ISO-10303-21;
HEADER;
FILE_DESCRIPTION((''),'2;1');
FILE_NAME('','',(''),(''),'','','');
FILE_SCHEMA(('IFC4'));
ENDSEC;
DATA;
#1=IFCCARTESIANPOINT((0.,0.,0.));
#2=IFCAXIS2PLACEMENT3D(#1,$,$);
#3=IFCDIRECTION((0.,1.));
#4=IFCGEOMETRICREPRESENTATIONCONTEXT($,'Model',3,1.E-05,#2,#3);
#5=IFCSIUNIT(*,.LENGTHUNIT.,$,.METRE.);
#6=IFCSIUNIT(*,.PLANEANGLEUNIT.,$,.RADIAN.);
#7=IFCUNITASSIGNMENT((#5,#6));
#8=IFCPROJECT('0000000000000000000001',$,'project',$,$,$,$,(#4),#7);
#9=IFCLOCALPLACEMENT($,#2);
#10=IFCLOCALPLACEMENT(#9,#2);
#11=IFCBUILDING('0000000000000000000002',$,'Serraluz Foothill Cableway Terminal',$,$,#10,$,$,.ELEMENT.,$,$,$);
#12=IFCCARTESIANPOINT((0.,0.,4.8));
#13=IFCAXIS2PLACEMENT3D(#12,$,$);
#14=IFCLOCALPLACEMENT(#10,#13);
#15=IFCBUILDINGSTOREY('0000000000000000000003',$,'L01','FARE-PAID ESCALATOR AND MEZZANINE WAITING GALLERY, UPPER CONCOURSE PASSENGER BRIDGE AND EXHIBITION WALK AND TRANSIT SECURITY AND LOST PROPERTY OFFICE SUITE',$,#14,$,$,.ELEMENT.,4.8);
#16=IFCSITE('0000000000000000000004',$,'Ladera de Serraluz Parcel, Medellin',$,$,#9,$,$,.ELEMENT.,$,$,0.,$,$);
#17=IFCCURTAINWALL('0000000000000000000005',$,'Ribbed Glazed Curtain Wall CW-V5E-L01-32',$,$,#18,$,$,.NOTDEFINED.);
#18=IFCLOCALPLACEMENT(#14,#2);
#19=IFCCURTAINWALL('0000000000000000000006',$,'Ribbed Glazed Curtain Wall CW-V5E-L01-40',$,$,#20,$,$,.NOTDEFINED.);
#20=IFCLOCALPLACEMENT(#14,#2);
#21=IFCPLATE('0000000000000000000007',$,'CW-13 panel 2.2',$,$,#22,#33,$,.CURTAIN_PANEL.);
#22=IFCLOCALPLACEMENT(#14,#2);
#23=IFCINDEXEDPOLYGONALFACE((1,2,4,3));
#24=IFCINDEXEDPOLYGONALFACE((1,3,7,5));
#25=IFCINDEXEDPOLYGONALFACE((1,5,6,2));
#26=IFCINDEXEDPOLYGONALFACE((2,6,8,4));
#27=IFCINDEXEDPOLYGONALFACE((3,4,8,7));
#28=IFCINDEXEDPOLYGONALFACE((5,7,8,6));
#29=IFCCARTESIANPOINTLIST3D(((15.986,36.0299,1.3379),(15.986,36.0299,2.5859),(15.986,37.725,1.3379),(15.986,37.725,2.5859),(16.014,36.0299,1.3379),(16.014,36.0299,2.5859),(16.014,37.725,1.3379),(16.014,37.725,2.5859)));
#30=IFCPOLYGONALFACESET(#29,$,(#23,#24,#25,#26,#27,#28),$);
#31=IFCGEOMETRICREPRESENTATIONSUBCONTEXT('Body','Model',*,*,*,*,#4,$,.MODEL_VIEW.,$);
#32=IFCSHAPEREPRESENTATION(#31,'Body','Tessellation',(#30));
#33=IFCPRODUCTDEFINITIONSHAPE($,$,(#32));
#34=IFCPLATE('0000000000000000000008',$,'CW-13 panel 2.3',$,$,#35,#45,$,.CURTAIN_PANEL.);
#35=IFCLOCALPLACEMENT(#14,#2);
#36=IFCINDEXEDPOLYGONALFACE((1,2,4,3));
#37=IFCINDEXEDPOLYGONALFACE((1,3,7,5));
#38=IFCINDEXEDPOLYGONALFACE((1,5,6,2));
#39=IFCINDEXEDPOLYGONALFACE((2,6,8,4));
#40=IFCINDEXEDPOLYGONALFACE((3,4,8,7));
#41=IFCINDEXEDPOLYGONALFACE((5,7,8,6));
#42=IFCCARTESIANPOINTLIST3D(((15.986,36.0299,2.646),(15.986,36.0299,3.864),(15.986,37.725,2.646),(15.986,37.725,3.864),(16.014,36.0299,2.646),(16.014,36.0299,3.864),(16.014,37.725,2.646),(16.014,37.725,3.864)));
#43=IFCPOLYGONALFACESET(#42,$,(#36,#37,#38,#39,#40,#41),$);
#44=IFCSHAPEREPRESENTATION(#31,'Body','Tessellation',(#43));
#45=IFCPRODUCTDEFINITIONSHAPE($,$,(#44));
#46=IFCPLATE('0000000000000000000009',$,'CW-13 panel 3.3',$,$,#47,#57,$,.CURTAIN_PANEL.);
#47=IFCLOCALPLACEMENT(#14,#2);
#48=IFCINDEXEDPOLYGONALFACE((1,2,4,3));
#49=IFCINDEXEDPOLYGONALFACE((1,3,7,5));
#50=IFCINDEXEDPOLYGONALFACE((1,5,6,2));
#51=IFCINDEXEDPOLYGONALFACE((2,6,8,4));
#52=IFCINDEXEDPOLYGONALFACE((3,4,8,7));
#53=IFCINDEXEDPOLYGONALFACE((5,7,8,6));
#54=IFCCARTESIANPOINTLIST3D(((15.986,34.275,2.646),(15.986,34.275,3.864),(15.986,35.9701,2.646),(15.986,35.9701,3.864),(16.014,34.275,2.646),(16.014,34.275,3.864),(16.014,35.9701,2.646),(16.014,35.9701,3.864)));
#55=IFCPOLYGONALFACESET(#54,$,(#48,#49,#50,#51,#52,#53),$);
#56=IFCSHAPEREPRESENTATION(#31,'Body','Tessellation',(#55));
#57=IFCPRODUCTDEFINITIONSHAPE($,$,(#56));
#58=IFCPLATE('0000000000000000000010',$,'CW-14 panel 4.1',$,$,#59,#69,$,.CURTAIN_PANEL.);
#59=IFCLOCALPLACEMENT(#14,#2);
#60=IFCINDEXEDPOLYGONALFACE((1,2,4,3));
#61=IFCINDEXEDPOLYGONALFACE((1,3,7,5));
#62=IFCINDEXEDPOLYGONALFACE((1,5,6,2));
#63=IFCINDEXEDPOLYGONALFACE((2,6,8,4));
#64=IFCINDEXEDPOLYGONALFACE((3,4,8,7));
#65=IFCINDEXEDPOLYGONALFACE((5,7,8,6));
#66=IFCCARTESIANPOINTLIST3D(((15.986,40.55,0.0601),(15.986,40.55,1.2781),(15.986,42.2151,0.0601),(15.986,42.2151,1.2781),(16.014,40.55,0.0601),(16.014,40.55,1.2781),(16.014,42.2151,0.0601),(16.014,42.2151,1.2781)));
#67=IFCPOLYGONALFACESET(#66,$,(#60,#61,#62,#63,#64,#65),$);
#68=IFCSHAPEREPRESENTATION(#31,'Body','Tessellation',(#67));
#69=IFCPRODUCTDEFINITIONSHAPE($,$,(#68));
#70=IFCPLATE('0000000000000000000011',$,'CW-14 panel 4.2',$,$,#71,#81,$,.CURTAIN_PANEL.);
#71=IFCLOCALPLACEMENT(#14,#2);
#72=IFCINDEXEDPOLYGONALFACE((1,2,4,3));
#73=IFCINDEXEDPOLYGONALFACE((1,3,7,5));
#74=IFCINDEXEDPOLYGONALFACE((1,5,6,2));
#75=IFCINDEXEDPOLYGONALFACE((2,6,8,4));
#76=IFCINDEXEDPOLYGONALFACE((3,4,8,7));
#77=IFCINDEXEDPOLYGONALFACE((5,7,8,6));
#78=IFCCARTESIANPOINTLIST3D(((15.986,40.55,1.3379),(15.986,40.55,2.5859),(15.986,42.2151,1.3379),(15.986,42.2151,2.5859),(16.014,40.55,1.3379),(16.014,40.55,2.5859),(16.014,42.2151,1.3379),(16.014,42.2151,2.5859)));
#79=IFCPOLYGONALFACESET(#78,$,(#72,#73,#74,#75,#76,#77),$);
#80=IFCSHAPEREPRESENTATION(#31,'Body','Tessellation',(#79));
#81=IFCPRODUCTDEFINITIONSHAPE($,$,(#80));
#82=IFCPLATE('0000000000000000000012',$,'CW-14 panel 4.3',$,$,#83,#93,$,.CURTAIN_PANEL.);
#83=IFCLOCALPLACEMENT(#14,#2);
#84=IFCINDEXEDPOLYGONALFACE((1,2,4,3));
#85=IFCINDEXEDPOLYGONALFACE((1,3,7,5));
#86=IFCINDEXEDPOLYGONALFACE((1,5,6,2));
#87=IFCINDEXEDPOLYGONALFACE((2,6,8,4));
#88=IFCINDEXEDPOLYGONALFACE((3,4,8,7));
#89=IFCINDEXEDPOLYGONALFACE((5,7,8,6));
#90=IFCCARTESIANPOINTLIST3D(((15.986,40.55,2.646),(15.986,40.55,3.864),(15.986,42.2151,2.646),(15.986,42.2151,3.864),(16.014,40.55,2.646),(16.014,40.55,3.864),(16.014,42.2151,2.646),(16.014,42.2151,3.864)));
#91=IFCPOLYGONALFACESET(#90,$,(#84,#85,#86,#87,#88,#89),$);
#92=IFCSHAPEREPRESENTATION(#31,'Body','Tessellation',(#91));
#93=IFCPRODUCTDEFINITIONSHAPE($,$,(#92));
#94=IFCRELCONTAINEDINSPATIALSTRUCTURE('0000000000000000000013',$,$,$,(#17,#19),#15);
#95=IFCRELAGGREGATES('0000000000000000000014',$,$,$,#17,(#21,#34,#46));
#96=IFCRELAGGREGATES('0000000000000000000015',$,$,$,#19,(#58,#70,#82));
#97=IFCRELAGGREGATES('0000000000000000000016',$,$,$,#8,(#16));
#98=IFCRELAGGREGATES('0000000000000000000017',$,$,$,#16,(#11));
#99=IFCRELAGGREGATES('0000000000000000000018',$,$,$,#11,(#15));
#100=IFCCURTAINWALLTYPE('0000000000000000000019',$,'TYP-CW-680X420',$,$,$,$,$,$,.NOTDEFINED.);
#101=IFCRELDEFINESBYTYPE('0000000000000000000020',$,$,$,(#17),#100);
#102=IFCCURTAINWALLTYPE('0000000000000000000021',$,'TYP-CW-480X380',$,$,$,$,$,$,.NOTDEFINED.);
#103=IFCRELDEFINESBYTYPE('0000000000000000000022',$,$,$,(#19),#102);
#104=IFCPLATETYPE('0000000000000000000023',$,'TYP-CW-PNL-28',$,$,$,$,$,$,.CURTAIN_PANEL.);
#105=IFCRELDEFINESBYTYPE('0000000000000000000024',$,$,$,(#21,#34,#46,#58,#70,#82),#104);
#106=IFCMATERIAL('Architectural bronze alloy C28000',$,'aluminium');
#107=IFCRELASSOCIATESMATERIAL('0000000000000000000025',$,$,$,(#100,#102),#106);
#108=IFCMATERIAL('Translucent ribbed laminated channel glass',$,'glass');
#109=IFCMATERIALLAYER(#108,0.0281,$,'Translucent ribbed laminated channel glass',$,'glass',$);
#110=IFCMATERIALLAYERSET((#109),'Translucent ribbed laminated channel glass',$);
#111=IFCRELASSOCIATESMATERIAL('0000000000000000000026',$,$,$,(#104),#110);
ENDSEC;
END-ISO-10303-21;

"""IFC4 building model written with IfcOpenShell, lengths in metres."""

from ifc_helpers import new_model, si_unit, direction, frame, origin, origin_2d, place, context, subcontext, project, spatial, rectangle, extrude, material, layer, layer_set, type_object, element, aggregate, save


model = new_model("IFC4")

# Units and contexts
model_context = context("Model", 3, precision=1e-05, world=origin(), true_north=direction((0.0, 1.0)))
body_context = subcontext(model_context, "Body", "Model", "MODEL_VIEW")
ifc_project = project(units=[si_unit("LENGTHUNIT", "METRE"), si_unit("PLANEANGLEUNIT", "RADIAN")], contexts=[model_context])

# Site, building, storey
site_placement = place(None, origin())
site = spatial("IfcSite", under=ifc_project, at=site_placement, Name="Ladera de Serraluz Parcel, Medellin", CompositionType="ELEMENT", RefElevation=0.0)
building_placement = place(site_placement, origin())
building = spatial("IfcBuilding", under=site, at=building_placement, Name="Serraluz Foothill Cableway Terminal", CompositionType="ELEMENT")
storey_placement = place(building_placement, frame((0.0, 0.0, 4.8)))
storey = spatial("IfcBuildingStorey", under=building, at=storey_placement, Name="L01", Description="FARE-PAID ESCALATOR AND MEZZANINE WAITING GALLERY, UPPER CONCOURSE PASSENGER BRIDGE AND EXHIBITION WALK AND TRANSIT SECURITY AND LOST PROPERTY OFFICE SUITE", CompositionType="ELEMENT", Elevation=4.8)

# Curtain wall
ifc_material_1 = material(Name="Architectural bronze alloy C28000", Category="aluminium")
curtain_wall_type_1 = type_object("IfcCurtainWallType", Name="TYP-CW-680X420", PredefinedType="NOTDEFINED", material=ifc_material_1)
curtain_wall_1_placement = place(storey_placement, origin())
curtain_wall_1 = element("IfcCurtainWall", 1, at=curtain_wall_1_placement, inside=storey, type_object=curtain_wall_type_1, Name="Ribbed Glazed Curtain Wall CW-V5E-L01-32", PredefinedType="NOTDEFINED")

# Curtain wall
curtain_wall_type_2 = type_object("IfcCurtainWallType", Name="TYP-CW-480X380", PredefinedType="NOTDEFINED", material=ifc_material_1)
curtain_wall_2_placement = place(storey_placement, origin())
curtain_wall_2 = element("IfcCurtainWall", 2, at=curtain_wall_2_placement, inside=storey, type_object=curtain_wall_type_2, Name="Ribbed Glazed Curtain Wall CW-V5E-L01-40", PredefinedType="NOTDEFINED")

# Plates
ifc_material_2 = material(Name="Translucent ribbed laminated channel glass", Category="glass")
ifc_layer = layer(ifc_material_2, 0.0281, Name="Translucent ribbed laminated channel glass", Category="glass")
ifc_layer_set = layer_set([ifc_layer], Name="Translucent ribbed laminated channel glass")
plate_type = type_object("IfcPlateType", Name="TYP-CW-PNL-28", PredefinedType="CURTAIN_PANEL", material=ifc_layer_set)
plate_1_placement = place(storey_placement, frame((16.0, 36.8774, 1.3379), z_axis=(0.0, 0.0, 1.0), x_axis=(0.0, -1.0, 0.0)))
plate_1 = element("IfcPlate", 3, at=plate_1_placement, type_object=plate_type, Name="CW-13 panel 2.2", PredefinedType="CURTAIN_PANEL", context=body_context, shape_type="SweptSolid", body=[
    extrude(rectangle(XDim=1.6951, YDim=0.0281, at=origin_2d()), origin(), (0.0, 0.0, 1.0), 1.248),
])
plate_2_placement = place(storey_placement, frame((16.0, 36.8774, 2.646), z_axis=(0.0, 0.0, 1.0), x_axis=(0.0, -1.0, 0.0)))
plate_2 = element("IfcPlate", 4, at=plate_2_placement, type_object=plate_type, Name="CW-13 panel 2.3", PredefinedType="CURTAIN_PANEL", context=body_context, shape_type="SweptSolid", body=[
    extrude(rectangle(XDim=1.6951, YDim=0.0281, at=origin_2d()), origin(), (0.0, 0.0, 1.0), 1.218),
])
plate_3_placement = place(storey_placement, frame((16.0, 35.1226, 2.646), z_axis=(0.0, 0.0, 1.0), x_axis=(0.0, -1.0, 0.0)))
plate_3 = element("IfcPlate", 5, at=plate_3_placement, type_object=plate_type, Name="CW-13 panel 3.3", PredefinedType="CURTAIN_PANEL", context=body_context, shape_type="SweptSolid", body=[
    extrude(rectangle(XDim=1.6951, YDim=0.0281, at=origin_2d()), origin(), (0.0, 0.0, 1.0), 1.218),
])
aggregate(curtain_wall_1, [plate_1, plate_2, plate_3])
plate_4_placement = place(storey_placement, frame((16.0, 41.3826, 0.0601), z_axis=(0.0, 0.0, 1.0), x_axis=(0.0, -1.0, 0.0)))
plate_4 = element("IfcPlate", 6, at=plate_4_placement, type_object=plate_type, Name="CW-14 panel 4.1", PredefinedType="CURTAIN_PANEL", context=body_context, shape_type="SweptSolid", body=[
    extrude(rectangle(XDim=1.665, YDim=0.0281, at=origin_2d()), origin(), (0.0, 0.0, 1.0), 1.218),
])
plate_5_placement = place(storey_placement, frame((16.0, 41.3826, 1.3379), z_axis=(0.0, 0.0, 1.0), x_axis=(0.0, -1.0, 0.0)))
plate_5 = element("IfcPlate", 7, at=plate_5_placement, type_object=plate_type, Name="CW-14 panel 4.2", PredefinedType="CURTAIN_PANEL", context=body_context, shape_type="SweptSolid", body=[
    extrude(rectangle(XDim=1.665, YDim=0.0281, at=origin_2d()), origin(), (0.0, 0.0, 1.0), 1.248),
])
plate_6_placement = place(storey_placement, frame((16.0, 41.3826, 2.646), z_axis=(0.0, 0.0, 1.0), x_axis=(0.0, -1.0, 0.0)))
plate_6 = element("IfcPlate", 8, at=plate_6_placement, type_object=plate_type, Name="CW-14 panel 4.3", PredefinedType="CURTAIN_PANEL", context=body_context, shape_type="SweptSolid", body=[
    extrude(rectangle(XDim=1.665, YDim=0.0281, at=origin_2d()), origin(), (0.0, 0.0, 1.0), 1.218),
])
aggregate(curtain_wall_2, [plate_4, plate_5, plate_6])

save(model, "model.ifc")
